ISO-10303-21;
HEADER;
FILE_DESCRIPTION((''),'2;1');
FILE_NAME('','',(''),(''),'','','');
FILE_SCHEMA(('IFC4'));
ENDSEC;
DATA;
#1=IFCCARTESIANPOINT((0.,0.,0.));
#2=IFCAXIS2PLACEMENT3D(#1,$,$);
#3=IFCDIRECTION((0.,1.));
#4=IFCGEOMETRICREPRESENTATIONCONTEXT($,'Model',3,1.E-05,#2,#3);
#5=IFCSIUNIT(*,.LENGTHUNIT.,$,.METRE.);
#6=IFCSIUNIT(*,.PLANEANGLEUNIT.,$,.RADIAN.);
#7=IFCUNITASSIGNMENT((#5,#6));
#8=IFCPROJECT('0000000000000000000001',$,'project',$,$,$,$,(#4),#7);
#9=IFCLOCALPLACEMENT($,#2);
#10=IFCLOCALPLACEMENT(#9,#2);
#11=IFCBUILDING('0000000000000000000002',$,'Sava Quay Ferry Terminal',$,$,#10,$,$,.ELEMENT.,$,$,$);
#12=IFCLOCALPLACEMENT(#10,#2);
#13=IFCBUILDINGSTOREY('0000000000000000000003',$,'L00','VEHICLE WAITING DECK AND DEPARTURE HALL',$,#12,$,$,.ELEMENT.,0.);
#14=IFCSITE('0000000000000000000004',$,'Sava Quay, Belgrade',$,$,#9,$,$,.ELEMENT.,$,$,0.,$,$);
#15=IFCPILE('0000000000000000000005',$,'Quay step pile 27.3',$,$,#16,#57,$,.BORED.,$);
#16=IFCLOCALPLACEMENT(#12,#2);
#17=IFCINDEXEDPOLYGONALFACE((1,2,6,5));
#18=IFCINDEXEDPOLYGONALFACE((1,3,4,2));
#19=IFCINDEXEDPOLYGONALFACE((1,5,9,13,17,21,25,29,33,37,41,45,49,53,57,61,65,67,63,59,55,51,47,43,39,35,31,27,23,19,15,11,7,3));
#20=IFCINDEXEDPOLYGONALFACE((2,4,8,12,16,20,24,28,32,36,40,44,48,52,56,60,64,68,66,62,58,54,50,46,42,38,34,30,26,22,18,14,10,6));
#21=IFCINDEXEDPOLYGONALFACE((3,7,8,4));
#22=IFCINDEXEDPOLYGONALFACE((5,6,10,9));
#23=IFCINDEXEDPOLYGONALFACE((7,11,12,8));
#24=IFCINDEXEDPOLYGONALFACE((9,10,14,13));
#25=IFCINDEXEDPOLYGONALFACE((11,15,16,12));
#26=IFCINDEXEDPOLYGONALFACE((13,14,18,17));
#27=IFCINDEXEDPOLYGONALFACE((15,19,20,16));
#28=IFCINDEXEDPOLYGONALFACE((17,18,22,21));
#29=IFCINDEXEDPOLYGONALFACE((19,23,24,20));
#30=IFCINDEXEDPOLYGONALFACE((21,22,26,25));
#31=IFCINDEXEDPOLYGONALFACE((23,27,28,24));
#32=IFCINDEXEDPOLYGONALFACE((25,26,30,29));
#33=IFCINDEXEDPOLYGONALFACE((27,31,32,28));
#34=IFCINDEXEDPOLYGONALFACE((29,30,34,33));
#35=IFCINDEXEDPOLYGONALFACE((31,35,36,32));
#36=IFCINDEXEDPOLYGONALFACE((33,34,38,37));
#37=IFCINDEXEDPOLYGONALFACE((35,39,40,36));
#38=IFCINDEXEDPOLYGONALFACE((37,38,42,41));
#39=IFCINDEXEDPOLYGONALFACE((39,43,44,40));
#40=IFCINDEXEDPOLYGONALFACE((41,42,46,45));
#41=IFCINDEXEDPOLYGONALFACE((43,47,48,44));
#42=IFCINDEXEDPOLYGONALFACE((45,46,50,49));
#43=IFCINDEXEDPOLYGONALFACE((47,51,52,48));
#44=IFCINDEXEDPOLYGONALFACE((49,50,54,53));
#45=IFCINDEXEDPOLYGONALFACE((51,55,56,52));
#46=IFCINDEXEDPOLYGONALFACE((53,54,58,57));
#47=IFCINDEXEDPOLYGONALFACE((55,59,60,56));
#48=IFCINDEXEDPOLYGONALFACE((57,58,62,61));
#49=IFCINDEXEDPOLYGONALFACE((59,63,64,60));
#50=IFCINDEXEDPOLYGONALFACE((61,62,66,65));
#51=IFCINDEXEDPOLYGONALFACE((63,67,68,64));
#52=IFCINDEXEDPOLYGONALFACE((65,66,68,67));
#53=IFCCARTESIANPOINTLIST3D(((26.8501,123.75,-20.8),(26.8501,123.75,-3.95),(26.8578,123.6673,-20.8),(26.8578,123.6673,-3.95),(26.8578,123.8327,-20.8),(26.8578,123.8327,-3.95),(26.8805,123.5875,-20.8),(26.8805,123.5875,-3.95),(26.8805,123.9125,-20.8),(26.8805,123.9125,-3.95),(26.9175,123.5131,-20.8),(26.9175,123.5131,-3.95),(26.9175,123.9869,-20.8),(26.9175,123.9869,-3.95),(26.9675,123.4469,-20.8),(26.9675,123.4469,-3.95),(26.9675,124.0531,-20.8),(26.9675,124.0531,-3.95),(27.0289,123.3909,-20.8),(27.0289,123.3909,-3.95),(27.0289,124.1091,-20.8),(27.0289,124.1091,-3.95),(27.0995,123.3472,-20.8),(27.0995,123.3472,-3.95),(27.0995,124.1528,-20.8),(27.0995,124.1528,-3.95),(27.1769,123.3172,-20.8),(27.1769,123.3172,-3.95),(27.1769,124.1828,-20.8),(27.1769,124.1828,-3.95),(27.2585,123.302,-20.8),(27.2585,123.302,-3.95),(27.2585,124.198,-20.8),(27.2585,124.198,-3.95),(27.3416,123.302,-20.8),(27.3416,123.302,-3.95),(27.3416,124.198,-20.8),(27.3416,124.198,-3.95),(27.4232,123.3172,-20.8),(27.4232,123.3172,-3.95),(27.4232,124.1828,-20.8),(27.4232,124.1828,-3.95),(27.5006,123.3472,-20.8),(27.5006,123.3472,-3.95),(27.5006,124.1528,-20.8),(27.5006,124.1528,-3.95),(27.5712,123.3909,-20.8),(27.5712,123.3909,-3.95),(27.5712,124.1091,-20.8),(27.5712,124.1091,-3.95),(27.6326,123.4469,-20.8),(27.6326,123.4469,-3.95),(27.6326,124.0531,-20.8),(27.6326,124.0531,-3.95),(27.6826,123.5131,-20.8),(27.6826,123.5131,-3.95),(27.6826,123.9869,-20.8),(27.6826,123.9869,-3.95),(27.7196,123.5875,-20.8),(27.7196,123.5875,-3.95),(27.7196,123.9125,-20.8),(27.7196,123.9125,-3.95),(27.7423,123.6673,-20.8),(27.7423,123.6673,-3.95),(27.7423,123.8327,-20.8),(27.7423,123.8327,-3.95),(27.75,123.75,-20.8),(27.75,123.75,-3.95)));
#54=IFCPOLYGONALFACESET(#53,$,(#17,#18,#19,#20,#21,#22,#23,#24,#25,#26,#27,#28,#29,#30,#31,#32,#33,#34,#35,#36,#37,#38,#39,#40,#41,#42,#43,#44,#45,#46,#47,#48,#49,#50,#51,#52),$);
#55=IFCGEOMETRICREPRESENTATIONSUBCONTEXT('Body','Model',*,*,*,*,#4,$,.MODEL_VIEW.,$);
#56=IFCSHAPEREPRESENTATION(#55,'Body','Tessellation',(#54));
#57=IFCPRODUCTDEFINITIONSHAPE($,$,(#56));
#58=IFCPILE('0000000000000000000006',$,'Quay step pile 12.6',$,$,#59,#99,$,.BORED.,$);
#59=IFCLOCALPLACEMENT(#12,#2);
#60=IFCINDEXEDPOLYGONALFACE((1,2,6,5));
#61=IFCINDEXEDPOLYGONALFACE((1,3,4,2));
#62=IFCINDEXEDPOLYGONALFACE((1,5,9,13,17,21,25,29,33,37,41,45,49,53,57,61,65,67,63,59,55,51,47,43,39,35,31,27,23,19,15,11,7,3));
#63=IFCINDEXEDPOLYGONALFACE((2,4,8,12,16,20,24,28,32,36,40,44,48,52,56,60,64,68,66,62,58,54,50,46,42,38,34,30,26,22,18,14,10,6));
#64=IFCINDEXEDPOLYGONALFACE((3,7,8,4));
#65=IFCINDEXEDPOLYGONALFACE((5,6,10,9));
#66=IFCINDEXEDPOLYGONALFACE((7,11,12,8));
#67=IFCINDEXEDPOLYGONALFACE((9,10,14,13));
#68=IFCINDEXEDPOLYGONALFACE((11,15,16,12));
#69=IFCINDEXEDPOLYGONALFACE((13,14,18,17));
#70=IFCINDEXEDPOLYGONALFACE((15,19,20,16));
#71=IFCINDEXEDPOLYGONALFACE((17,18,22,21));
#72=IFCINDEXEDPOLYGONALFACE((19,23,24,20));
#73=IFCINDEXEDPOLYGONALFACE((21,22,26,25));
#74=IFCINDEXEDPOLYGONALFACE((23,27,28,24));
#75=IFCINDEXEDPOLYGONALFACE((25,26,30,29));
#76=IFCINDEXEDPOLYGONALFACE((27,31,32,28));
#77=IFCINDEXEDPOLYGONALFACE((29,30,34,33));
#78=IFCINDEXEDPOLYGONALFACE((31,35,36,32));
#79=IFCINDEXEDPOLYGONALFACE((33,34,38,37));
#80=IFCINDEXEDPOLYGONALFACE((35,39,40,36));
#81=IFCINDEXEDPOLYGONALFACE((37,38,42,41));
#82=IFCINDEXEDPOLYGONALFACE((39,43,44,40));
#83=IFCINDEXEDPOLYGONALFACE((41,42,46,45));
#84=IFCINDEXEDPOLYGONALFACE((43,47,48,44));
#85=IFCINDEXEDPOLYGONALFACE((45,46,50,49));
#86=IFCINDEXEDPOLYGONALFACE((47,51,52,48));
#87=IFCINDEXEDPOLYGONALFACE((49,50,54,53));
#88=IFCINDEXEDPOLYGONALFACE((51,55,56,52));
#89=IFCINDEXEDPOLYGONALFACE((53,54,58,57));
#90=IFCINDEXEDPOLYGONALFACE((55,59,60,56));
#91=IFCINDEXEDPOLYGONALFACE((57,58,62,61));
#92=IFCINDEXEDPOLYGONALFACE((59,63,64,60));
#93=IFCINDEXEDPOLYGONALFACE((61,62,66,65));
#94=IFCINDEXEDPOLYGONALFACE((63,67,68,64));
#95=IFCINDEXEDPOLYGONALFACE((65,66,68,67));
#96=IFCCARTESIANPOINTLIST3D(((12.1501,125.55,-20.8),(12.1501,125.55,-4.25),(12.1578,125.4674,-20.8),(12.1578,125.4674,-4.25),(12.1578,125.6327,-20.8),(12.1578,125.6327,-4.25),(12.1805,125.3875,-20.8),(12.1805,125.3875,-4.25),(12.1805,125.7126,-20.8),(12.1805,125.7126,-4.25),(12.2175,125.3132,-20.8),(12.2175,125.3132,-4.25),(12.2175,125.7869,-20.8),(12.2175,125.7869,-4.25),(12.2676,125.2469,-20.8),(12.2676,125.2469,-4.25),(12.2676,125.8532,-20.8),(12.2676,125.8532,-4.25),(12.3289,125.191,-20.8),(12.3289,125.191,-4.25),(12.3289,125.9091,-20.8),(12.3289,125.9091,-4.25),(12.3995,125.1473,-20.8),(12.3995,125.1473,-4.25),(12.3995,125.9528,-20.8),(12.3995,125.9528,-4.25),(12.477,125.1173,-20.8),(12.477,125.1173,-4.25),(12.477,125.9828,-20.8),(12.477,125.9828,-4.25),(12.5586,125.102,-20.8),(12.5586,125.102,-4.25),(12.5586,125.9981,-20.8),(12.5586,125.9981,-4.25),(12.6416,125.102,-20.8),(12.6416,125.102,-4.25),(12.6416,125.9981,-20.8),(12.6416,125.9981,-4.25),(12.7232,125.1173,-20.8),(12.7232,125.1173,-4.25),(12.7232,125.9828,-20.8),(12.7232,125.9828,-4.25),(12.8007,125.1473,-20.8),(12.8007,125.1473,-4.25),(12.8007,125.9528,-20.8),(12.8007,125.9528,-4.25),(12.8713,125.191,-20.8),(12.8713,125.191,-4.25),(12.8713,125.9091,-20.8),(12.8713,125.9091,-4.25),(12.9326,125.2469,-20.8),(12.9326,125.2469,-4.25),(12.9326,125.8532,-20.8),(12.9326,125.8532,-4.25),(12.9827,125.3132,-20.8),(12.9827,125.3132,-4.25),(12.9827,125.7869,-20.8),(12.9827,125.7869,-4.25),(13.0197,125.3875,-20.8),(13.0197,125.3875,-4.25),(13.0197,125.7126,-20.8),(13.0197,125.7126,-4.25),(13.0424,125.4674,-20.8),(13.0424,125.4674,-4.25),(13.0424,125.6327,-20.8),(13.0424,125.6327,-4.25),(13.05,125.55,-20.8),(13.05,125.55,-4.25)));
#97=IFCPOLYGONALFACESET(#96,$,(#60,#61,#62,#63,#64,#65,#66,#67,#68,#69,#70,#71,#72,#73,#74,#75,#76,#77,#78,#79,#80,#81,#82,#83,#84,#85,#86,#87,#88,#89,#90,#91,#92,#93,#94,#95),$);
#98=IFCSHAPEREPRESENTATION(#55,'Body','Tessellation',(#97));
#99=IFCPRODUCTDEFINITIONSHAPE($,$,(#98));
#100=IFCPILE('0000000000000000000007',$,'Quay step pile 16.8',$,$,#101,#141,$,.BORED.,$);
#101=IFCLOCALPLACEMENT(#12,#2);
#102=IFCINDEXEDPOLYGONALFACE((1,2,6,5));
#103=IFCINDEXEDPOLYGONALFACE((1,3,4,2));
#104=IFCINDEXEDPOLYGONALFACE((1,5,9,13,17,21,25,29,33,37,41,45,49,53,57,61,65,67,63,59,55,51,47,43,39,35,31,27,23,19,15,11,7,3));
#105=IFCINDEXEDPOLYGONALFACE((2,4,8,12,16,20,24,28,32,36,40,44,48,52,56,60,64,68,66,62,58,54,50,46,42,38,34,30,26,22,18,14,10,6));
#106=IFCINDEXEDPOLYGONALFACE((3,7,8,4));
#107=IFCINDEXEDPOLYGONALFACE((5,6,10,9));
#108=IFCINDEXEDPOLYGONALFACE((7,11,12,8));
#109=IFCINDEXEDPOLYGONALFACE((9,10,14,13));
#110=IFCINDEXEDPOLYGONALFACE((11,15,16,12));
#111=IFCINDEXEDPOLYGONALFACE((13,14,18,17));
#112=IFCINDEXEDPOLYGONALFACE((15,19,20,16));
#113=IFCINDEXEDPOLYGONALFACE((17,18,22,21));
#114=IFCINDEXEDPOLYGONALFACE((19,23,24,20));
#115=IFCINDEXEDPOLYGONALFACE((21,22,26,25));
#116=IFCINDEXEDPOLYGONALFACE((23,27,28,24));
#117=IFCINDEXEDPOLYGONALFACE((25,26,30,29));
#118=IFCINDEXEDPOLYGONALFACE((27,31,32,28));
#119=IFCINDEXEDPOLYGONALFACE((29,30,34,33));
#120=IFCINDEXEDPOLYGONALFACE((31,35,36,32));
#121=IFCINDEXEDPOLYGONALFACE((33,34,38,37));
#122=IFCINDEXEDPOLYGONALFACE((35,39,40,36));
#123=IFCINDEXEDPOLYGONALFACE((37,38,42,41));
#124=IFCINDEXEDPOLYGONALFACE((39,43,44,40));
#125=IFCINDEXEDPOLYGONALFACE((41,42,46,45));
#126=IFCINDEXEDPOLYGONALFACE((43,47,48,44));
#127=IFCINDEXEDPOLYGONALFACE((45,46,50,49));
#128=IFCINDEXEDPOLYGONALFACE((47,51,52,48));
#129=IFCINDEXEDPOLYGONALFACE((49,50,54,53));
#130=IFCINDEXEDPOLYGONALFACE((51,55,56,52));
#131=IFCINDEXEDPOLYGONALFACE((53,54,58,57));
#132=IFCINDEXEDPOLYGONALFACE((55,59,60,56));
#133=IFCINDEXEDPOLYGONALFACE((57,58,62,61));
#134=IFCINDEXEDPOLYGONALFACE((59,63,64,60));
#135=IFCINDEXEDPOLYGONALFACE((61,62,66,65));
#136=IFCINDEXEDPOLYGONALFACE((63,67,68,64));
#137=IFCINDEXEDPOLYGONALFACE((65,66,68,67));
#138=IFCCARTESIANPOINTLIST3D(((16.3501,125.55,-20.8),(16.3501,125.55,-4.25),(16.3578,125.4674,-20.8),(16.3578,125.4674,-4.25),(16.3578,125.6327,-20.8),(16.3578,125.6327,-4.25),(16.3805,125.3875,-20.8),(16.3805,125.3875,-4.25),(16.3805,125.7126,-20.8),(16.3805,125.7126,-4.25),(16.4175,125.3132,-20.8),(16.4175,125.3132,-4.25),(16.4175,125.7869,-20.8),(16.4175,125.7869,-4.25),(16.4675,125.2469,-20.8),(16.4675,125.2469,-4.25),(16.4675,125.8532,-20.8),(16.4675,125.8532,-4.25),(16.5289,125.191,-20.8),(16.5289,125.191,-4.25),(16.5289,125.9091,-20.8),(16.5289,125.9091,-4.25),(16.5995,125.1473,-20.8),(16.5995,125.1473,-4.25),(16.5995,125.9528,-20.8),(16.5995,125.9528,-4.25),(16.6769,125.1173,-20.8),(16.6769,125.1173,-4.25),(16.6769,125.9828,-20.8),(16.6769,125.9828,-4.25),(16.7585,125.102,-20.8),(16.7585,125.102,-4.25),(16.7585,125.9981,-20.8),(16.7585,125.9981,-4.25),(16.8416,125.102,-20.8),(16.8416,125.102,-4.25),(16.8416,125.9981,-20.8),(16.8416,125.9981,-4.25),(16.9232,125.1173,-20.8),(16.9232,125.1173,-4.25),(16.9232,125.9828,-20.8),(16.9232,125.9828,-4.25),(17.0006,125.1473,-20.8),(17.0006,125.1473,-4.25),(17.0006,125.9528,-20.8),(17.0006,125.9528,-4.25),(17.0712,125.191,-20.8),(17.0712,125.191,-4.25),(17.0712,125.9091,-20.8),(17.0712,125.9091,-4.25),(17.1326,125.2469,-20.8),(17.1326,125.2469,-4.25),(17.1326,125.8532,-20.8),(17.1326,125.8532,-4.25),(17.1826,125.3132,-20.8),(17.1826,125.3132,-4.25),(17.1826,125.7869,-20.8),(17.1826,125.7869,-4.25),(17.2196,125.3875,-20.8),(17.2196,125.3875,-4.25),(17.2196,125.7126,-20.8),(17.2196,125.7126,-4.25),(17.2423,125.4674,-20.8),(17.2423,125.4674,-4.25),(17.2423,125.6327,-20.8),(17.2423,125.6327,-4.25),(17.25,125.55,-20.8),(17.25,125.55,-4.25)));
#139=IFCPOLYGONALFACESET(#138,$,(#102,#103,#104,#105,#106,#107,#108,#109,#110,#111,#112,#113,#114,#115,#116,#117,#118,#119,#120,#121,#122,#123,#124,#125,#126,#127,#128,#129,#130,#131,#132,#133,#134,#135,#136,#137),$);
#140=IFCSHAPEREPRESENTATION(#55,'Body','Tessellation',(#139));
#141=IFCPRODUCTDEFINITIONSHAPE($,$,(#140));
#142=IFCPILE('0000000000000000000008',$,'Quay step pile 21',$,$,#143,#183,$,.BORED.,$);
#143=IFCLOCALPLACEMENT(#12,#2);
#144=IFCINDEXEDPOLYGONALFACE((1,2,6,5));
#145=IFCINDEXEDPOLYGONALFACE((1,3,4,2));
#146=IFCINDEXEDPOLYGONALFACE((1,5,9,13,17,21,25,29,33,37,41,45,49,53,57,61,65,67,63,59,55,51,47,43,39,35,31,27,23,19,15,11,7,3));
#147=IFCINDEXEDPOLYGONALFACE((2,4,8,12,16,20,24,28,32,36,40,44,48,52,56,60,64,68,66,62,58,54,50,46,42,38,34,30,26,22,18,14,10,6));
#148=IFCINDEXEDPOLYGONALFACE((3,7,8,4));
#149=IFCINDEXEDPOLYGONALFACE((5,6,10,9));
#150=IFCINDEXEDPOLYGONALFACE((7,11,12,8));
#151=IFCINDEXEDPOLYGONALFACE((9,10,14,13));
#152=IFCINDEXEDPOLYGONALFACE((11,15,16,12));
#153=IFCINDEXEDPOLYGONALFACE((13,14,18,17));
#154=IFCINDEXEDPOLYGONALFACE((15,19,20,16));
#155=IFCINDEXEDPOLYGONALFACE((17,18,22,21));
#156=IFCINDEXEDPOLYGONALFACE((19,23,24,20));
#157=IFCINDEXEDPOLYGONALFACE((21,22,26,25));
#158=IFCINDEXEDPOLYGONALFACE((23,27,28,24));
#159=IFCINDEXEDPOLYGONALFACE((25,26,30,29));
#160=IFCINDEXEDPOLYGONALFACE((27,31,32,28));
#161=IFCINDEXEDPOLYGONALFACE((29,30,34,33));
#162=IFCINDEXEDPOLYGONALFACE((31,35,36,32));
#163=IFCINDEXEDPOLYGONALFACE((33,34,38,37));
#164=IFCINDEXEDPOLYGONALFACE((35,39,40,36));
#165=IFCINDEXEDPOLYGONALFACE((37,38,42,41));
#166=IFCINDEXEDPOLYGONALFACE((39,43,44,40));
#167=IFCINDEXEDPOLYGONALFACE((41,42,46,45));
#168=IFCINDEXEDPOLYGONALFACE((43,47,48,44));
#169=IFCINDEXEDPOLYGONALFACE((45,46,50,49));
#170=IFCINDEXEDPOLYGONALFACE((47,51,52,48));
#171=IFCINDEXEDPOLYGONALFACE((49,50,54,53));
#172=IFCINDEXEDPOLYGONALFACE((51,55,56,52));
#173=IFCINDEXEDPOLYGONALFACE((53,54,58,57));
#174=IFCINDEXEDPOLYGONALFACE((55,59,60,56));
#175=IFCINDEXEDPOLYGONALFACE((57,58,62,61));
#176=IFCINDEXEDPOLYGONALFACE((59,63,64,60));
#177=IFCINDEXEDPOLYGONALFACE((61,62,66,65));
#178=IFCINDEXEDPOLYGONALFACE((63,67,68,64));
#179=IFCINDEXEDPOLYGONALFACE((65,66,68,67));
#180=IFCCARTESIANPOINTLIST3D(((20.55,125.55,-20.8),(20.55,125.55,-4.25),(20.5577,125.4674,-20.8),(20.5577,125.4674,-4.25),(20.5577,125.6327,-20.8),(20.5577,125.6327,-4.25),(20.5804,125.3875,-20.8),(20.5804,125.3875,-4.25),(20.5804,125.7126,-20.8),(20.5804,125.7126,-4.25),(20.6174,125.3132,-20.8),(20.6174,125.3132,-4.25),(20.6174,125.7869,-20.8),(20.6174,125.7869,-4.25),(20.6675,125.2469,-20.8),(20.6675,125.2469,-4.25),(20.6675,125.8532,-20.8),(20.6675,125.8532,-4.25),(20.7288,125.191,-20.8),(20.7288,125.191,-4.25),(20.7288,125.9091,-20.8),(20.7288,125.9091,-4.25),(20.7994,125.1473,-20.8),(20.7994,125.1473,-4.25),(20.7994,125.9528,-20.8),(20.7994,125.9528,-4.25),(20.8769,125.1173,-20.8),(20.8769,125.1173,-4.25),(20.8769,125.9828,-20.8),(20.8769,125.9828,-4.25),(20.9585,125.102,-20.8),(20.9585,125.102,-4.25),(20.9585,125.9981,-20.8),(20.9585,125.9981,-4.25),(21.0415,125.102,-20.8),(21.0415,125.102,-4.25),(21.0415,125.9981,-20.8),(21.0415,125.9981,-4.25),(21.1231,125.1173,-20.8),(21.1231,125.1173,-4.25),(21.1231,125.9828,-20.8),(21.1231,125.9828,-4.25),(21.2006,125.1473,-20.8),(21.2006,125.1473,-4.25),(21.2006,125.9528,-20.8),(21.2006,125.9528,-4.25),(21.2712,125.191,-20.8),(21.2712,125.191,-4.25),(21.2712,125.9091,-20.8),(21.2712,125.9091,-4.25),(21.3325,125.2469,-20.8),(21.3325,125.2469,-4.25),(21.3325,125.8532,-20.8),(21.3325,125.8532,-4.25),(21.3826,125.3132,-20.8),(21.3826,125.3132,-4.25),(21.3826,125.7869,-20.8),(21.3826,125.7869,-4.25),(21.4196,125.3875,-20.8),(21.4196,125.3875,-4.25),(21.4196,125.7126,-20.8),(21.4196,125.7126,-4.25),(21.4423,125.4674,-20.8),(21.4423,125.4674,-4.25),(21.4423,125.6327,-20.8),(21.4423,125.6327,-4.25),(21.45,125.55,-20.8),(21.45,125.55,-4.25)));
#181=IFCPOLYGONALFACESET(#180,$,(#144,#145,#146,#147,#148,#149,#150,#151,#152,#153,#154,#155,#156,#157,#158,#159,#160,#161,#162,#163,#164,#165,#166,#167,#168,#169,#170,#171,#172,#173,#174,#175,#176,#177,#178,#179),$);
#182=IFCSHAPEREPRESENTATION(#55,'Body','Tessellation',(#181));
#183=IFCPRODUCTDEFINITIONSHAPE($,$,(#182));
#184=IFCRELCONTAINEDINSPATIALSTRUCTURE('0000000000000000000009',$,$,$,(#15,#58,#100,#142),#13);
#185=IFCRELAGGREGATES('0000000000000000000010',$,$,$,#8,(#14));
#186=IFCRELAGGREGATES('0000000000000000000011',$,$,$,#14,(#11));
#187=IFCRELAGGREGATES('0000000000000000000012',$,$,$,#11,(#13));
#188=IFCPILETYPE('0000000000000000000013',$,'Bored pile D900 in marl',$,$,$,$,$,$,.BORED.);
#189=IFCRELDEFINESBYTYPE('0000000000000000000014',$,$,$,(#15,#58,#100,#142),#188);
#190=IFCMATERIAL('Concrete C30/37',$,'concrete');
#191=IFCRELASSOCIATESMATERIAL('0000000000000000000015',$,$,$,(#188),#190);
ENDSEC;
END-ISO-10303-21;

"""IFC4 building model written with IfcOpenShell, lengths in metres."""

from ifc_helpers import new_model, si_unit, direction, frame, origin, origin_2d, place, context, subcontext, project, spatial, circle, extrude, material, material_profile, profile_set, type_object, element, save


model = new_model("IFC4")

# Units and contexts
model_context = context("Model", 3, precision=1e-05, world=origin(), true_north=direction((0.0, 1.0)))
body_context = subcontext(model_context, "Body", "Model", "MODEL_VIEW")
ifc_project = project(units=[si_unit("LENGTHUNIT", "METRE"), si_unit("PLANEANGLEUNIT", "RADIAN")], contexts=[model_context])

# Site, building, storey
site_placement = place(None, origin())
site = spatial("IfcSite", under=ifc_project, at=site_placement, Name="Sava Quay, Belgrade", CompositionType="ELEMENT", RefElevation=0.0)
building_placement = place(site_placement, origin())
building = spatial("IfcBuilding", under=site, at=building_placement, Name="Sava Quay Ferry Terminal", CompositionType="ELEMENT")
storey_placement = place(building_placement, origin())
storey = spatial("IfcBuildingStorey", under=building, at=storey_placement, Name="L00", Description="VEHICLE WAITING DECK AND DEPARTURE HALL", CompositionType="ELEMENT", Elevation=0.0)

# Piles
ifc_material_1 = material(Name="Concrete C30/37", Category="concrete")
ifc_material_profile = material_profile(ifc_material_1, circle(Radius=0.45, at=origin_2d()), Name="Bored pile D900 in marl")
ifc_profile_set = profile_set([ifc_material_profile], Name="Concrete C30/37")
pile_type = type_object("IfcPileType", Name="Bored pile D900 in marl", PredefinedType="BORED", material=ifc_profile_set)
for number, where, z_axis, x_axis, name in (
    (1, (27.3, 123.75, -3.95), (0.0, 0.0, -1.0), (1.0, 0.0, 0.0), "Quay step pile 27.3"),
):
    element("IfcPile", number, at=place(storey_placement, frame(where, z_axis=z_axis, x_axis=x_axis)), inside=storey, type_object=pile_type, Name=name, PredefinedType="BORED", context=body_context, shape_type="SweptSolid", body=[
        extrude(circle(Radius=0.45, at=origin_2d()), origin(), (0.0, 0.0, 1.0), 16.8501),
    ])
for number, where, z_axis, x_axis, name in (
    (2, (12.6001, 125.55, -4.25), (0.0, 0.0, -1.0), (1.0, 0.0, 0.0), "Quay step pile 12.6"),
    (3, (16.8, 125.55, -4.25), (0.0, 0.0, -1.0), (1.0, 0.0, 0.0), "Quay step pile 16.8"),
    (4, (21.0, 125.55, -4.25), (0.0, 0.0, -1.0), (1.0, 0.0, 0.0), "Quay step pile 21"),
):
    element("IfcPile", number, at=place(storey_placement, frame(where, z_axis=z_axis, x_axis=x_axis)), inside=storey, type_object=pile_type, Name=name, PredefinedType="BORED", context=body_context, shape_type="SweptSolid", body=[
        extrude(circle(Radius=0.45, at=origin_2d()), origin(), (0.0, 0.0, 1.0), 16.55),
    ])

save(model, "model.ifc")
